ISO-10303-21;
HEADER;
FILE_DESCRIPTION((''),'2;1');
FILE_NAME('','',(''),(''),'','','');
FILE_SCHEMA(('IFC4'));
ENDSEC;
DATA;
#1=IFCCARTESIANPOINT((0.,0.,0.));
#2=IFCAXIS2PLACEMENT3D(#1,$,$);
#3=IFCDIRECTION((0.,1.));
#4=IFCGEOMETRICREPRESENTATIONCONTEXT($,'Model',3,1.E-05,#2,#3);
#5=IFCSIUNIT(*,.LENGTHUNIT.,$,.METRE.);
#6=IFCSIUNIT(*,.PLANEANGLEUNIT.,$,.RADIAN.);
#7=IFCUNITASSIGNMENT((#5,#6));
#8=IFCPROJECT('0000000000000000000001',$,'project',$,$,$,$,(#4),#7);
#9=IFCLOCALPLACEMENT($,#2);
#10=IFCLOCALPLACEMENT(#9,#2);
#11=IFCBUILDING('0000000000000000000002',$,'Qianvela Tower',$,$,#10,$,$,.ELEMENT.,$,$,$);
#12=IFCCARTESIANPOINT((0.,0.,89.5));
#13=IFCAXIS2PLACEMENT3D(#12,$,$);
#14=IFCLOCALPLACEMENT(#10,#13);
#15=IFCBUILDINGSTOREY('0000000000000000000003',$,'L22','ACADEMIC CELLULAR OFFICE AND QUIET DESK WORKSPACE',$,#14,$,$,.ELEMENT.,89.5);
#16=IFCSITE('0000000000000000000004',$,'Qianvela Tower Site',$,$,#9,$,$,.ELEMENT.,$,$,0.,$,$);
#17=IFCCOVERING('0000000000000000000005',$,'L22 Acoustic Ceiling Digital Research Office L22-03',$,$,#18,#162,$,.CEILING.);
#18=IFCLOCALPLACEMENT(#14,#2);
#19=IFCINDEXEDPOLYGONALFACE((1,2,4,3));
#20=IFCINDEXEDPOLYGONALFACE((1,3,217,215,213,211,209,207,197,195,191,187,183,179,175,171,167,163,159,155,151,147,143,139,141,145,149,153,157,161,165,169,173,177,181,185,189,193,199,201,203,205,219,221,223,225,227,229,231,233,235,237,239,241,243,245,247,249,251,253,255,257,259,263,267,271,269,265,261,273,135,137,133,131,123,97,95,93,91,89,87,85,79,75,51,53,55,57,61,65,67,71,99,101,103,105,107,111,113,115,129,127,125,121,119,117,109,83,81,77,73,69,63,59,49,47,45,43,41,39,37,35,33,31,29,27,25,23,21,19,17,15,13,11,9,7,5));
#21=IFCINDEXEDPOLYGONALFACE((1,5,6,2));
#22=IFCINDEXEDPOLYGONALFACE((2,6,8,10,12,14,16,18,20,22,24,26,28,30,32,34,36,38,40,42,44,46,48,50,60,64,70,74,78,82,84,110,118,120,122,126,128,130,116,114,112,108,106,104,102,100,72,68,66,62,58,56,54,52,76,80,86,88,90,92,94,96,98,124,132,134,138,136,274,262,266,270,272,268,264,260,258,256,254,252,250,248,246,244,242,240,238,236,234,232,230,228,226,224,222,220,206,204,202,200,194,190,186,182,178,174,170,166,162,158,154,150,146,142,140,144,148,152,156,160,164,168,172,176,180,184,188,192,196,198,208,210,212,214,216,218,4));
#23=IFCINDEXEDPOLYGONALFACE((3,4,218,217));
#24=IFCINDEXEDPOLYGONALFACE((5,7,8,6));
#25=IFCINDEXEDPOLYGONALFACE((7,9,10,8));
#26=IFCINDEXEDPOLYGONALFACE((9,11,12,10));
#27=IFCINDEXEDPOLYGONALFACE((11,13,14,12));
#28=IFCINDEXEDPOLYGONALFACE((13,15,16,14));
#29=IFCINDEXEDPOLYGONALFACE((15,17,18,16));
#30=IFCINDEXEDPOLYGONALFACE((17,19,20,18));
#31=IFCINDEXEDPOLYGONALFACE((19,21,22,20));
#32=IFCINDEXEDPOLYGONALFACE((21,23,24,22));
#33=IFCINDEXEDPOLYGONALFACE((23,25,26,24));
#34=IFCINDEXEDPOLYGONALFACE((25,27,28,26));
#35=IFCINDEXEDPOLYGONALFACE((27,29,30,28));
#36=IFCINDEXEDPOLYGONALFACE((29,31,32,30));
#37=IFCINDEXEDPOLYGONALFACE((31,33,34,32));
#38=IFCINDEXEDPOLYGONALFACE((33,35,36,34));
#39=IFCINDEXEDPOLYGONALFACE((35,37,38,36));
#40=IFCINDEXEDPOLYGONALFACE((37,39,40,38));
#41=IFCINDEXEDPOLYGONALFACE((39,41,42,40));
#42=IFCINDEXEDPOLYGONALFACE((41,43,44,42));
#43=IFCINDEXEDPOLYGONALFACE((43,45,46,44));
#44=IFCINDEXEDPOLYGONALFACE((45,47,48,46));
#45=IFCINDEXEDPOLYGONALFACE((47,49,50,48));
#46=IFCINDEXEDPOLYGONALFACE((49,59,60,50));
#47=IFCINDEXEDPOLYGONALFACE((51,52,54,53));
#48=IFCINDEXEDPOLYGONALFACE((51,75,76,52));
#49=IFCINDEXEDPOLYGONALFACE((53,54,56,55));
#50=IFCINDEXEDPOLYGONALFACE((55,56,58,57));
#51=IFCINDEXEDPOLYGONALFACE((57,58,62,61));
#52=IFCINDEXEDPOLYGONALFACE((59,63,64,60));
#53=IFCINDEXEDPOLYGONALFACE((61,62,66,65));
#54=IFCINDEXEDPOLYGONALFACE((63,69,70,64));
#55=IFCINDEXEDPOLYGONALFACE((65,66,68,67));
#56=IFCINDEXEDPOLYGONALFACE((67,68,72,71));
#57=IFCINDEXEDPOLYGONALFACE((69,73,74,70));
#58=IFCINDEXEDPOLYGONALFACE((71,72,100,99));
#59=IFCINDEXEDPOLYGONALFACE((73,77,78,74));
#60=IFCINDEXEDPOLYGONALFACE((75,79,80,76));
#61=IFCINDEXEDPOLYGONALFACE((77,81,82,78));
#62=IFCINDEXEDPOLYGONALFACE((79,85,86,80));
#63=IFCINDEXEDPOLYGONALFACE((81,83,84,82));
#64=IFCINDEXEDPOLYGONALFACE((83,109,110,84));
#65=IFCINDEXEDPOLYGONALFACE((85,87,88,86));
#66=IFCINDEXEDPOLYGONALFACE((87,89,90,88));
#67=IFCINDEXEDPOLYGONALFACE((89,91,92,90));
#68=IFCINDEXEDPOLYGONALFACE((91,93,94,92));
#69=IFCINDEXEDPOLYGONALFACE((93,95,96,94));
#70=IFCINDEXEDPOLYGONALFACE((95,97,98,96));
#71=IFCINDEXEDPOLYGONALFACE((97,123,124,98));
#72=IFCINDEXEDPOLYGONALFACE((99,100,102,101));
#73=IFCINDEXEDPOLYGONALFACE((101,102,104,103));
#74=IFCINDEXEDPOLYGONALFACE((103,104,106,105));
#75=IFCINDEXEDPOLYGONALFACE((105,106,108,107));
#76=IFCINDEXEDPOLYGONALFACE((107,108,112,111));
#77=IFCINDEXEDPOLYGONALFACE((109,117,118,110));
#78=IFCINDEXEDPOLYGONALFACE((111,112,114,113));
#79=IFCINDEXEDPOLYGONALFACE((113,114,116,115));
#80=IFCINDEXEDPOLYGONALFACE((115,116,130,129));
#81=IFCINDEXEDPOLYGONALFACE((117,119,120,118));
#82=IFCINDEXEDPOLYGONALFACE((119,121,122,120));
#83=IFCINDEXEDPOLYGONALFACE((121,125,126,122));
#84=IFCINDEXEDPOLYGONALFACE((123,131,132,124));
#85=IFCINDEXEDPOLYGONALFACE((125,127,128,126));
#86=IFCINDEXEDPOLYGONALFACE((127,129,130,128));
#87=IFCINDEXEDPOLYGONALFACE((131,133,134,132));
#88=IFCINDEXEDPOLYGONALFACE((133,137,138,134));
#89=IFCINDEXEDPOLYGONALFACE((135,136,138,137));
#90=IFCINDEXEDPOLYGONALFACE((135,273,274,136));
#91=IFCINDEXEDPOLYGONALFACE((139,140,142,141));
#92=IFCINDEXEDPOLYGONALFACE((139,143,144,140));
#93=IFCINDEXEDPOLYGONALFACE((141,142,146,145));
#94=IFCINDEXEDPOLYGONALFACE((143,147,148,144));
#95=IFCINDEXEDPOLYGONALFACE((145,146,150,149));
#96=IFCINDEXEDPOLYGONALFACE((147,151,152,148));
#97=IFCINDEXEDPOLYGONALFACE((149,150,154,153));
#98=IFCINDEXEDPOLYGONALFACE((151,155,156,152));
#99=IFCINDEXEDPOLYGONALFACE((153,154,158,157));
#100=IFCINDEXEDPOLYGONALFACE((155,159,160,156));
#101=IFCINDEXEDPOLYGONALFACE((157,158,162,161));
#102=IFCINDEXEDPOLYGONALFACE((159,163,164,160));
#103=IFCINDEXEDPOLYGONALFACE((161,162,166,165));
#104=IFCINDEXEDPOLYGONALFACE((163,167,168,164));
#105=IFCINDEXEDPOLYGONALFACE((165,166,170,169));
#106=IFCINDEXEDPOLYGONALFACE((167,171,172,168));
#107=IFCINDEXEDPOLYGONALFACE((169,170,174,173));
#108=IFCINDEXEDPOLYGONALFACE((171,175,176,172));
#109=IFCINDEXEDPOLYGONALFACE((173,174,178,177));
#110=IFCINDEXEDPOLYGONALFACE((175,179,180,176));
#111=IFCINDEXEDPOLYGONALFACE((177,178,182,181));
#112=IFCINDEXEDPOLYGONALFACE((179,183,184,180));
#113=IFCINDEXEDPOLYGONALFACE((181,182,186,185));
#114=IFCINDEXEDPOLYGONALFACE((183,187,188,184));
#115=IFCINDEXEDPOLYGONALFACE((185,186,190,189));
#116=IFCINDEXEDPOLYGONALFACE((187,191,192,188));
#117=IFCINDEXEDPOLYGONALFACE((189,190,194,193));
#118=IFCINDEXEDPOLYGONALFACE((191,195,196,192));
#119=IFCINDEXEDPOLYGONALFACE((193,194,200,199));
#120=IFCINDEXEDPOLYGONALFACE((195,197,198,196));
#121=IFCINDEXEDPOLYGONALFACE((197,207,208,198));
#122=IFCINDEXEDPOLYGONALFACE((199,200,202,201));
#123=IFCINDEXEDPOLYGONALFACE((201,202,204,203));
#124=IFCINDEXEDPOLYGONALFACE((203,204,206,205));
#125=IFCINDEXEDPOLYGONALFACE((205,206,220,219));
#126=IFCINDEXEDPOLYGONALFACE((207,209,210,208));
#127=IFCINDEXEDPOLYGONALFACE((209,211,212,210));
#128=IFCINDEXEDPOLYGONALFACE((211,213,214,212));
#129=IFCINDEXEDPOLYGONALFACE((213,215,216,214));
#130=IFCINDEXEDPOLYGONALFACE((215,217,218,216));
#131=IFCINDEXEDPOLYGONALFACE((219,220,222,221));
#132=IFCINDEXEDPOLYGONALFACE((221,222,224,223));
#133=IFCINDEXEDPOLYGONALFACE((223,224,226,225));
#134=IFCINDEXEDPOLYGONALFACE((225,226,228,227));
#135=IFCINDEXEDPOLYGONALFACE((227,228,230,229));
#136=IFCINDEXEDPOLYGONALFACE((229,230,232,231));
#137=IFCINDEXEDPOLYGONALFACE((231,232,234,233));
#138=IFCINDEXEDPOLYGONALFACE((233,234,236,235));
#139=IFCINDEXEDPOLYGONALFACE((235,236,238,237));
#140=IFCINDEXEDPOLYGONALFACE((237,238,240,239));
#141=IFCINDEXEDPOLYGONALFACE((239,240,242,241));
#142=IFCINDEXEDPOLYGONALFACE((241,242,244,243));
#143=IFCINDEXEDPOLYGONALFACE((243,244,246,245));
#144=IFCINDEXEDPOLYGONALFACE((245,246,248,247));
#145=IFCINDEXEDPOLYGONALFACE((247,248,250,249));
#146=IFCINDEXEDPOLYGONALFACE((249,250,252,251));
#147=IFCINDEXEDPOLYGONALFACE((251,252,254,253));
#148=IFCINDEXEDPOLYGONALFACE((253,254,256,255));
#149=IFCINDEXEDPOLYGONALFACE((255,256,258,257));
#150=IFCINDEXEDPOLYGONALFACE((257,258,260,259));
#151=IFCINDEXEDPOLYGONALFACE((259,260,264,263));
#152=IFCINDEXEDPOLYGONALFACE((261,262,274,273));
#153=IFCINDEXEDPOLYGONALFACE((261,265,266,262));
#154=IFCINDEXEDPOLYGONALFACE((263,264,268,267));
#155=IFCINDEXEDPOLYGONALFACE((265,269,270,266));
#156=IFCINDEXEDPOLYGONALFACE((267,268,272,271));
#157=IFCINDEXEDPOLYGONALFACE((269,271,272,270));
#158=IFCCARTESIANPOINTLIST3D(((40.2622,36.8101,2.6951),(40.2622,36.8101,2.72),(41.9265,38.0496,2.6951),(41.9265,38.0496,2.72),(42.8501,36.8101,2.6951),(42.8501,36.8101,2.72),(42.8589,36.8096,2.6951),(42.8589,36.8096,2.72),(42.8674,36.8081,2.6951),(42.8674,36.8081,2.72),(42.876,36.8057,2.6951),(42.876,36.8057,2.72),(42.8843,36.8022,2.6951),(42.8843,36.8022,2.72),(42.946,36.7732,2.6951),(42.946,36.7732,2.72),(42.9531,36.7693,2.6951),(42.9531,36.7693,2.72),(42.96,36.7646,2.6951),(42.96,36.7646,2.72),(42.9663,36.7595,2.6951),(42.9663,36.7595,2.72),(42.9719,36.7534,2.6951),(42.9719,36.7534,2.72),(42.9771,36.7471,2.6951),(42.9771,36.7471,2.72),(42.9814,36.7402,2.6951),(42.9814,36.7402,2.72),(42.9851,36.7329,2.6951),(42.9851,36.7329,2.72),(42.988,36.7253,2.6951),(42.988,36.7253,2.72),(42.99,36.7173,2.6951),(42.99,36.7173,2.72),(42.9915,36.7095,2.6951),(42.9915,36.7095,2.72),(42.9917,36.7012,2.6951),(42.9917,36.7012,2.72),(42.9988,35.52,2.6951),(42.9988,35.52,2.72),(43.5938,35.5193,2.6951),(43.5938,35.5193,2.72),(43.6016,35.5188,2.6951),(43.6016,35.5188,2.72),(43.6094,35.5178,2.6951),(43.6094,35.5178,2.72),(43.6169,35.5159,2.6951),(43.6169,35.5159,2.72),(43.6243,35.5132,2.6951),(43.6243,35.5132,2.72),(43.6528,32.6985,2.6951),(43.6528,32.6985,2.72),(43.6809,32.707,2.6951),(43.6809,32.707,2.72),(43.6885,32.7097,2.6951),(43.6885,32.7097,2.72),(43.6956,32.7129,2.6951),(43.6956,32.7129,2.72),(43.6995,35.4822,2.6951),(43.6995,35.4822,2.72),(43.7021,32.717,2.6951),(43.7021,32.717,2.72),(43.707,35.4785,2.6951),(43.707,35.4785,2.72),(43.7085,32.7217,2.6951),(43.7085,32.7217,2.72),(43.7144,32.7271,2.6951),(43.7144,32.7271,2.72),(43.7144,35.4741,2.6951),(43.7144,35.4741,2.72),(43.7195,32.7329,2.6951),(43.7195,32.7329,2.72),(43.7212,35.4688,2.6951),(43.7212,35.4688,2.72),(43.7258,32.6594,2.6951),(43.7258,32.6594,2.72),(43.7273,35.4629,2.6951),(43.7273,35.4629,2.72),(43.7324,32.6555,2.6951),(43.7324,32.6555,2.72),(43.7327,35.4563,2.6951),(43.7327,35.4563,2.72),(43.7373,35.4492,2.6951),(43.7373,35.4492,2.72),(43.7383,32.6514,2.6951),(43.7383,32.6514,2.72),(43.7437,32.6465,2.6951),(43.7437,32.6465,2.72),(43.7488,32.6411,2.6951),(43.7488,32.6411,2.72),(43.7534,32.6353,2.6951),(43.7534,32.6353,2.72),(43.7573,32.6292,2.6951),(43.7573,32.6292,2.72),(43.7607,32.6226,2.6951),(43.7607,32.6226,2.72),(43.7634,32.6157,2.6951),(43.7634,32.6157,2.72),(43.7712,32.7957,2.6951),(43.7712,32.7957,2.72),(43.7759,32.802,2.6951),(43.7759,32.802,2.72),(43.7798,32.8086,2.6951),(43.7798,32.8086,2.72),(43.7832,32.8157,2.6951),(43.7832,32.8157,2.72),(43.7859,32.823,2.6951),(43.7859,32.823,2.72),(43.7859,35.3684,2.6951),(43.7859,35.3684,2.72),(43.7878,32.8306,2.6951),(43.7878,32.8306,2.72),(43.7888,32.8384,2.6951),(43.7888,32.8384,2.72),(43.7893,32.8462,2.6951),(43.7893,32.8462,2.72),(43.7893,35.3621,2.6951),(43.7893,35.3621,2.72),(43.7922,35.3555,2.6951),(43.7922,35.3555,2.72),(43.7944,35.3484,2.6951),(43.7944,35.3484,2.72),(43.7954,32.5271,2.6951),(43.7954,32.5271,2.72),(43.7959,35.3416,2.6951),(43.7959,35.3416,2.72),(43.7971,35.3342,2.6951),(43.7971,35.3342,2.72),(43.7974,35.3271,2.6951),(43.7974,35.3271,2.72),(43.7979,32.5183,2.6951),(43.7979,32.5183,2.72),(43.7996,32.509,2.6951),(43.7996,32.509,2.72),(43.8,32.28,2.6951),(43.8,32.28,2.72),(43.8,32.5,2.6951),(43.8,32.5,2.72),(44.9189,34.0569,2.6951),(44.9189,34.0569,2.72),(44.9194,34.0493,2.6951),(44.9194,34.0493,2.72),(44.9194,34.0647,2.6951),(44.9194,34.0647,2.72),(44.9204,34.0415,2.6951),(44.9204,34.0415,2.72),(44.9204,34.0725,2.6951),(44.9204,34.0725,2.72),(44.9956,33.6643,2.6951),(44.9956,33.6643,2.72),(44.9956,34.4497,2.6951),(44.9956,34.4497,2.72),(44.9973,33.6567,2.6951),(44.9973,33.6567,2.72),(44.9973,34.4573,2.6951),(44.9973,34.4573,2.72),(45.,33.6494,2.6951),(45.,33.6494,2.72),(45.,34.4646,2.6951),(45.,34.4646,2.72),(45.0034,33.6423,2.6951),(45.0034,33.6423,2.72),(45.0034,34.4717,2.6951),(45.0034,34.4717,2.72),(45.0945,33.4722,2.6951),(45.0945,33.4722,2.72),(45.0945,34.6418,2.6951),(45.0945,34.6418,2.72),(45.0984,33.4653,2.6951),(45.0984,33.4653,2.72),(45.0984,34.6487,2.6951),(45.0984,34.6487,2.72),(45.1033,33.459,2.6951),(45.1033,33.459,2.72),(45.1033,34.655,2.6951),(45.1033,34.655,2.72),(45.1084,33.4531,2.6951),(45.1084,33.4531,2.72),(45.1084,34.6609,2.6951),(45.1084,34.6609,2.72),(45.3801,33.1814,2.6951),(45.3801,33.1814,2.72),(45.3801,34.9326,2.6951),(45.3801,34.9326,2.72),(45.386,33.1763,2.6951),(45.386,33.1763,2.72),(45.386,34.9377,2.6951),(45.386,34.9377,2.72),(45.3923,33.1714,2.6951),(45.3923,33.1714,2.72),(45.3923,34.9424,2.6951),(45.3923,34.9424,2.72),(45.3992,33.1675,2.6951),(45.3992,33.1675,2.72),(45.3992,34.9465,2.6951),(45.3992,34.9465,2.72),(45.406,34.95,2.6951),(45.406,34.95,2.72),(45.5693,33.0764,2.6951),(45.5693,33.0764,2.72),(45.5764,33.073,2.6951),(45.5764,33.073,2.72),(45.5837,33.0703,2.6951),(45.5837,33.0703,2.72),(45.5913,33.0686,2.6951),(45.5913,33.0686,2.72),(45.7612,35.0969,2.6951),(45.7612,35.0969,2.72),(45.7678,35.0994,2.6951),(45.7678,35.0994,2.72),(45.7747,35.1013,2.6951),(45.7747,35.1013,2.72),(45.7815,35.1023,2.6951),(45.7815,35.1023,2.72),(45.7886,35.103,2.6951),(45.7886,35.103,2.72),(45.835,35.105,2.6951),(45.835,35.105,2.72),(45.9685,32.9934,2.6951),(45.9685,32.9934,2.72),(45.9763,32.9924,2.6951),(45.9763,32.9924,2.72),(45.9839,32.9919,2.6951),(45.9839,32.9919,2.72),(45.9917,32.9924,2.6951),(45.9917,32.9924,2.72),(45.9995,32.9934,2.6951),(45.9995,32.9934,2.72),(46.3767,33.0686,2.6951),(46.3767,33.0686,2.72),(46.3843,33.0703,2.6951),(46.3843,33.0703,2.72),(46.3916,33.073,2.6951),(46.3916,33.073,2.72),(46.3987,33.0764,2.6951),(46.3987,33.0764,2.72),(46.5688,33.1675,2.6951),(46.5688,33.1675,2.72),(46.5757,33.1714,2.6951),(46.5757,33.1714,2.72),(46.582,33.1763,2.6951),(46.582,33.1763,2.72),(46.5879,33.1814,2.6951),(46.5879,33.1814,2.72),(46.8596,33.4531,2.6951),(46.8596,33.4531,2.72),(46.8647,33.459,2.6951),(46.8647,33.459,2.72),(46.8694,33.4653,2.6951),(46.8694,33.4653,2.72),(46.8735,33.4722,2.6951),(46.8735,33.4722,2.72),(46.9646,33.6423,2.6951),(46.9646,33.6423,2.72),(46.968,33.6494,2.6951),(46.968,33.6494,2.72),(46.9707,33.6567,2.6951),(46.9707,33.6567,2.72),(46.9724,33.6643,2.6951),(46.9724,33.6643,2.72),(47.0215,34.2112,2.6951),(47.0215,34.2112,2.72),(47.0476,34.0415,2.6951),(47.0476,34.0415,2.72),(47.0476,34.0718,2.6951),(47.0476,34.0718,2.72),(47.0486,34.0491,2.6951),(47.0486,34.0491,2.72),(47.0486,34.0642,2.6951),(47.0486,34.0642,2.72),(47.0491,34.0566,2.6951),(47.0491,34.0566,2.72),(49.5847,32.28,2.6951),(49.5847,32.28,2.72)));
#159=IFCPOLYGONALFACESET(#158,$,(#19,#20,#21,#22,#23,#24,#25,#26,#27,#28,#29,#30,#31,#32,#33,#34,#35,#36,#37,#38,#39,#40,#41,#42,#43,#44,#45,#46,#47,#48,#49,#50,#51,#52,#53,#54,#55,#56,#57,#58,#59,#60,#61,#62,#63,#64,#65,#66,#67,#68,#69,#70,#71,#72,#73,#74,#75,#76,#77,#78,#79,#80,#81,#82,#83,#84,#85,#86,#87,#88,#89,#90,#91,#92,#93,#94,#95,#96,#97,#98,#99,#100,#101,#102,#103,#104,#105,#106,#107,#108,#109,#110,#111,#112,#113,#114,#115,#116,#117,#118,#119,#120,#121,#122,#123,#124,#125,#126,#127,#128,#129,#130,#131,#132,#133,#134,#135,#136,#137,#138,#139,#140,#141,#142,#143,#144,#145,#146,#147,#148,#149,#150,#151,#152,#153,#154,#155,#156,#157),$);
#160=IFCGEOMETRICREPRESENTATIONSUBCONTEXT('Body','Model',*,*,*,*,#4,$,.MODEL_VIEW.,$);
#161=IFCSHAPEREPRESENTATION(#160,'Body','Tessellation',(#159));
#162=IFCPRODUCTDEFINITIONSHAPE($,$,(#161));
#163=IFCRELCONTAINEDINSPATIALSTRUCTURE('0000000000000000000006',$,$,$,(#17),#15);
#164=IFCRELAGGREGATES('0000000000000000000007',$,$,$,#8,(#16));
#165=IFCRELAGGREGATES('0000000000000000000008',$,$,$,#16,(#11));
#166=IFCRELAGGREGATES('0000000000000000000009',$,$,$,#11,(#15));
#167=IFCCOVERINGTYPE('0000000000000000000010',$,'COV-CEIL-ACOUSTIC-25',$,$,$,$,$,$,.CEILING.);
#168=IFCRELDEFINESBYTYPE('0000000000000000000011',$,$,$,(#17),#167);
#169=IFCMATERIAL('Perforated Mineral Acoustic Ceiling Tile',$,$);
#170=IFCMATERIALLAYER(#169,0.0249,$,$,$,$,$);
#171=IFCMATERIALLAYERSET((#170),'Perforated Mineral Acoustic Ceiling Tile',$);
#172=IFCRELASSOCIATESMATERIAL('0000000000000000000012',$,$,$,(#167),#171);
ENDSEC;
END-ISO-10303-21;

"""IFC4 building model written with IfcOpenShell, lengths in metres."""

from ifc_helpers import new_model, si_unit, direction, frame, origin, place, context, subcontext, project, spatial, polyline, outline, extrude, material, layer, layer_set, type_object, element, save


model = new_model("IFC4")

# Units and contexts
model_context = context("Model", 3, precision=1e-05, world=origin(), true_north=direction((0.0, 1.0)))
body_context = subcontext(model_context, "Body", "Model", "MODEL_VIEW")
ifc_project = project(units=[si_unit("LENGTHUNIT", "METRE"), si_unit("PLANEANGLEUNIT", "RADIAN")], contexts=[model_context])

# Site, building, storey
site_placement = place(None, origin())
site = spatial("IfcSite", under=ifc_project, at=site_placement, Name="Qianvela Tower Site", CompositionType="ELEMENT", RefElevation=0.0)
building_placement = place(site_placement, origin())
building = spatial("IfcBuilding", under=site, at=building_placement, Name="Qianvela Tower", CompositionType="ELEMENT")
storey_placement = place(building_placement, frame((0.0, 0.0, 89.5)))
storey = spatial("IfcBuildingStorey", under=building, at=storey_placement, Name="L22", Description="ACADEMIC CELLULAR OFFICE AND QUIET DESK WORKSPACE", CompositionType="ELEMENT", Elevation=89.5)

# Covering
ifc_material_1 = material(Name="Perforated Mineral Acoustic Ceiling Tile")
ifc_layer_1 = layer(ifc_material_1, 0.0249)
ifc_layer_set_1 = layer_set([ifc_layer_1], Name="Perforated Mineral Acoustic Ceiling Tile")
covering_type_1 = type_object("IfcCoveringType", Name="COV-CEIL-ACOUSTIC-25", PredefinedType="CEILING", material=ifc_layer_set_1)
covering_1_placement = place(storey_placement, frame((0.0, 0.0, 2.6951)))
element("IfcCovering", 1, at=covering_1_placement, inside=storey, type_object=covering_type_1, Name="L22 Acoustic Ceiling Digital Research Office L22-03", PredefinedType="CEILING", context=body_context, shape_type="SweptSolid", body=[
    extrude(outline(polyline([(43.6528, 32.6985), (43.6809, 32.707), (43.6885, 32.7097), (43.6956, 32.7129), (43.7021, 32.717), (43.7085, 32.7217), (43.7144, 32.7271), (43.7195, 32.7329), (43.7712, 32.7957), (43.7759, 32.802), (43.7798, 32.8086), (43.7832, 32.8157), (43.7859, 32.823), (43.7878, 32.8306), (43.7888, 32.8384), (43.7893, 32.8462), (43.7974, 35.3271), (43.7971, 35.3342), (43.7959, 35.3416), (43.7944, 35.3484), (43.7922, 35.3555), (43.7893, 35.3621), (43.7859, 35.3684), (43.7373, 35.4492), (43.7327, 35.4563), (43.7273, 35.4629), (43.7212, 35.4688), (43.7144, 35.4741), (43.707, 35.4785), (43.6995, 35.4822), (43.6243, 35.5132), (43.6169, 35.5159), (43.6094, 35.5178), (43.6016, 35.5188), (43.5938, 35.5193), (42.9988, 35.52), (42.9917, 36.7012), (42.9915, 36.7095), (42.99, 36.7173), (42.988, 36.7253), (42.9851, 36.7329), (42.9814, 36.7402), (42.9771, 36.7471), (42.9719, 36.7534), (42.9663, 36.7595), (42.96, 36.7646), (42.9531, 36.7693), (42.946, 36.7732), (42.8843, 36.8022), (42.876, 36.8057), (42.8674, 36.8081), (42.8589, 36.8096), (42.8501, 36.8101), (40.2622, 36.8101), (41.9265, 38.0496), (45.835, 35.105), (45.7886, 35.103), (45.7815, 35.1023), (45.7747, 35.1013), (45.7678, 35.0994), (45.7612, 35.0969), (45.406, 34.95), (45.3992, 34.9465), (45.3923, 34.9424), (45.386, 34.9377), (45.3801, 34.9326), (45.1084, 34.6609), (45.1033, 34.655), (45.0984, 34.6487), (45.0945, 34.6418), (45.0034, 34.4717), (45.0, 34.4646), (44.9973, 34.4573), (44.9956, 34.4497), (44.9204, 34.0725), (44.9194, 34.0647), (44.9189, 34.0569), (44.9194, 34.0493), (44.9204, 34.0415), (44.9956, 33.6643), (44.9973, 33.6567), (45.0, 33.6494), (45.0034, 33.6423), (45.0945, 33.4722), (45.0984, 33.4653), (45.1033, 33.459), (45.1084, 33.4531), (45.3801, 33.1814), (45.386, 33.1763), (45.3923, 33.1714), (45.3992, 33.1675), (45.5693, 33.0764), (45.5764, 33.073), (45.5837, 33.0703), (45.5913, 33.0686), (45.9685, 32.9934), (45.9763, 32.9924), (45.9839, 32.9919), (45.9917, 32.9924), (45.9995, 32.9934), (46.3767, 33.0686), (46.3843, 33.0703), (46.3916, 33.073), (46.3987, 33.0764), (46.5688, 33.1675), (46.5757, 33.1714), (46.582, 33.1763), (46.5879, 33.1814), (46.8596, 33.4531), (46.8647, 33.459), (46.8694, 33.4653), (46.8735, 33.4722), (46.9646, 33.6423), (46.968, 33.6494), (46.9707, 33.6567), (46.9724, 33.6643), (47.0476, 34.0415), (47.0486, 34.0491), (47.0491, 34.0566), (47.0486, 34.0642), (47.0476, 34.0718), (47.0215, 34.2112), (49.5847, 32.28), (43.8, 32.28), (43.8, 32.5), (43.7996, 32.509), (43.7979, 32.5183), (43.7954, 32.5271), (43.7634, 32.6157), (43.7607, 32.6226), (43.7573, 32.6292), (43.7534, 32.6353), (43.7488, 32.6411), (43.7437, 32.6465), (43.7383, 32.6514), (43.7324, 32.6555), (43.7258, 32.6594), (43.6528, 32.6985)])), origin(), (0.0, 0.0, 1.0), 0.0249),
])

save(model, "model.ifc")
